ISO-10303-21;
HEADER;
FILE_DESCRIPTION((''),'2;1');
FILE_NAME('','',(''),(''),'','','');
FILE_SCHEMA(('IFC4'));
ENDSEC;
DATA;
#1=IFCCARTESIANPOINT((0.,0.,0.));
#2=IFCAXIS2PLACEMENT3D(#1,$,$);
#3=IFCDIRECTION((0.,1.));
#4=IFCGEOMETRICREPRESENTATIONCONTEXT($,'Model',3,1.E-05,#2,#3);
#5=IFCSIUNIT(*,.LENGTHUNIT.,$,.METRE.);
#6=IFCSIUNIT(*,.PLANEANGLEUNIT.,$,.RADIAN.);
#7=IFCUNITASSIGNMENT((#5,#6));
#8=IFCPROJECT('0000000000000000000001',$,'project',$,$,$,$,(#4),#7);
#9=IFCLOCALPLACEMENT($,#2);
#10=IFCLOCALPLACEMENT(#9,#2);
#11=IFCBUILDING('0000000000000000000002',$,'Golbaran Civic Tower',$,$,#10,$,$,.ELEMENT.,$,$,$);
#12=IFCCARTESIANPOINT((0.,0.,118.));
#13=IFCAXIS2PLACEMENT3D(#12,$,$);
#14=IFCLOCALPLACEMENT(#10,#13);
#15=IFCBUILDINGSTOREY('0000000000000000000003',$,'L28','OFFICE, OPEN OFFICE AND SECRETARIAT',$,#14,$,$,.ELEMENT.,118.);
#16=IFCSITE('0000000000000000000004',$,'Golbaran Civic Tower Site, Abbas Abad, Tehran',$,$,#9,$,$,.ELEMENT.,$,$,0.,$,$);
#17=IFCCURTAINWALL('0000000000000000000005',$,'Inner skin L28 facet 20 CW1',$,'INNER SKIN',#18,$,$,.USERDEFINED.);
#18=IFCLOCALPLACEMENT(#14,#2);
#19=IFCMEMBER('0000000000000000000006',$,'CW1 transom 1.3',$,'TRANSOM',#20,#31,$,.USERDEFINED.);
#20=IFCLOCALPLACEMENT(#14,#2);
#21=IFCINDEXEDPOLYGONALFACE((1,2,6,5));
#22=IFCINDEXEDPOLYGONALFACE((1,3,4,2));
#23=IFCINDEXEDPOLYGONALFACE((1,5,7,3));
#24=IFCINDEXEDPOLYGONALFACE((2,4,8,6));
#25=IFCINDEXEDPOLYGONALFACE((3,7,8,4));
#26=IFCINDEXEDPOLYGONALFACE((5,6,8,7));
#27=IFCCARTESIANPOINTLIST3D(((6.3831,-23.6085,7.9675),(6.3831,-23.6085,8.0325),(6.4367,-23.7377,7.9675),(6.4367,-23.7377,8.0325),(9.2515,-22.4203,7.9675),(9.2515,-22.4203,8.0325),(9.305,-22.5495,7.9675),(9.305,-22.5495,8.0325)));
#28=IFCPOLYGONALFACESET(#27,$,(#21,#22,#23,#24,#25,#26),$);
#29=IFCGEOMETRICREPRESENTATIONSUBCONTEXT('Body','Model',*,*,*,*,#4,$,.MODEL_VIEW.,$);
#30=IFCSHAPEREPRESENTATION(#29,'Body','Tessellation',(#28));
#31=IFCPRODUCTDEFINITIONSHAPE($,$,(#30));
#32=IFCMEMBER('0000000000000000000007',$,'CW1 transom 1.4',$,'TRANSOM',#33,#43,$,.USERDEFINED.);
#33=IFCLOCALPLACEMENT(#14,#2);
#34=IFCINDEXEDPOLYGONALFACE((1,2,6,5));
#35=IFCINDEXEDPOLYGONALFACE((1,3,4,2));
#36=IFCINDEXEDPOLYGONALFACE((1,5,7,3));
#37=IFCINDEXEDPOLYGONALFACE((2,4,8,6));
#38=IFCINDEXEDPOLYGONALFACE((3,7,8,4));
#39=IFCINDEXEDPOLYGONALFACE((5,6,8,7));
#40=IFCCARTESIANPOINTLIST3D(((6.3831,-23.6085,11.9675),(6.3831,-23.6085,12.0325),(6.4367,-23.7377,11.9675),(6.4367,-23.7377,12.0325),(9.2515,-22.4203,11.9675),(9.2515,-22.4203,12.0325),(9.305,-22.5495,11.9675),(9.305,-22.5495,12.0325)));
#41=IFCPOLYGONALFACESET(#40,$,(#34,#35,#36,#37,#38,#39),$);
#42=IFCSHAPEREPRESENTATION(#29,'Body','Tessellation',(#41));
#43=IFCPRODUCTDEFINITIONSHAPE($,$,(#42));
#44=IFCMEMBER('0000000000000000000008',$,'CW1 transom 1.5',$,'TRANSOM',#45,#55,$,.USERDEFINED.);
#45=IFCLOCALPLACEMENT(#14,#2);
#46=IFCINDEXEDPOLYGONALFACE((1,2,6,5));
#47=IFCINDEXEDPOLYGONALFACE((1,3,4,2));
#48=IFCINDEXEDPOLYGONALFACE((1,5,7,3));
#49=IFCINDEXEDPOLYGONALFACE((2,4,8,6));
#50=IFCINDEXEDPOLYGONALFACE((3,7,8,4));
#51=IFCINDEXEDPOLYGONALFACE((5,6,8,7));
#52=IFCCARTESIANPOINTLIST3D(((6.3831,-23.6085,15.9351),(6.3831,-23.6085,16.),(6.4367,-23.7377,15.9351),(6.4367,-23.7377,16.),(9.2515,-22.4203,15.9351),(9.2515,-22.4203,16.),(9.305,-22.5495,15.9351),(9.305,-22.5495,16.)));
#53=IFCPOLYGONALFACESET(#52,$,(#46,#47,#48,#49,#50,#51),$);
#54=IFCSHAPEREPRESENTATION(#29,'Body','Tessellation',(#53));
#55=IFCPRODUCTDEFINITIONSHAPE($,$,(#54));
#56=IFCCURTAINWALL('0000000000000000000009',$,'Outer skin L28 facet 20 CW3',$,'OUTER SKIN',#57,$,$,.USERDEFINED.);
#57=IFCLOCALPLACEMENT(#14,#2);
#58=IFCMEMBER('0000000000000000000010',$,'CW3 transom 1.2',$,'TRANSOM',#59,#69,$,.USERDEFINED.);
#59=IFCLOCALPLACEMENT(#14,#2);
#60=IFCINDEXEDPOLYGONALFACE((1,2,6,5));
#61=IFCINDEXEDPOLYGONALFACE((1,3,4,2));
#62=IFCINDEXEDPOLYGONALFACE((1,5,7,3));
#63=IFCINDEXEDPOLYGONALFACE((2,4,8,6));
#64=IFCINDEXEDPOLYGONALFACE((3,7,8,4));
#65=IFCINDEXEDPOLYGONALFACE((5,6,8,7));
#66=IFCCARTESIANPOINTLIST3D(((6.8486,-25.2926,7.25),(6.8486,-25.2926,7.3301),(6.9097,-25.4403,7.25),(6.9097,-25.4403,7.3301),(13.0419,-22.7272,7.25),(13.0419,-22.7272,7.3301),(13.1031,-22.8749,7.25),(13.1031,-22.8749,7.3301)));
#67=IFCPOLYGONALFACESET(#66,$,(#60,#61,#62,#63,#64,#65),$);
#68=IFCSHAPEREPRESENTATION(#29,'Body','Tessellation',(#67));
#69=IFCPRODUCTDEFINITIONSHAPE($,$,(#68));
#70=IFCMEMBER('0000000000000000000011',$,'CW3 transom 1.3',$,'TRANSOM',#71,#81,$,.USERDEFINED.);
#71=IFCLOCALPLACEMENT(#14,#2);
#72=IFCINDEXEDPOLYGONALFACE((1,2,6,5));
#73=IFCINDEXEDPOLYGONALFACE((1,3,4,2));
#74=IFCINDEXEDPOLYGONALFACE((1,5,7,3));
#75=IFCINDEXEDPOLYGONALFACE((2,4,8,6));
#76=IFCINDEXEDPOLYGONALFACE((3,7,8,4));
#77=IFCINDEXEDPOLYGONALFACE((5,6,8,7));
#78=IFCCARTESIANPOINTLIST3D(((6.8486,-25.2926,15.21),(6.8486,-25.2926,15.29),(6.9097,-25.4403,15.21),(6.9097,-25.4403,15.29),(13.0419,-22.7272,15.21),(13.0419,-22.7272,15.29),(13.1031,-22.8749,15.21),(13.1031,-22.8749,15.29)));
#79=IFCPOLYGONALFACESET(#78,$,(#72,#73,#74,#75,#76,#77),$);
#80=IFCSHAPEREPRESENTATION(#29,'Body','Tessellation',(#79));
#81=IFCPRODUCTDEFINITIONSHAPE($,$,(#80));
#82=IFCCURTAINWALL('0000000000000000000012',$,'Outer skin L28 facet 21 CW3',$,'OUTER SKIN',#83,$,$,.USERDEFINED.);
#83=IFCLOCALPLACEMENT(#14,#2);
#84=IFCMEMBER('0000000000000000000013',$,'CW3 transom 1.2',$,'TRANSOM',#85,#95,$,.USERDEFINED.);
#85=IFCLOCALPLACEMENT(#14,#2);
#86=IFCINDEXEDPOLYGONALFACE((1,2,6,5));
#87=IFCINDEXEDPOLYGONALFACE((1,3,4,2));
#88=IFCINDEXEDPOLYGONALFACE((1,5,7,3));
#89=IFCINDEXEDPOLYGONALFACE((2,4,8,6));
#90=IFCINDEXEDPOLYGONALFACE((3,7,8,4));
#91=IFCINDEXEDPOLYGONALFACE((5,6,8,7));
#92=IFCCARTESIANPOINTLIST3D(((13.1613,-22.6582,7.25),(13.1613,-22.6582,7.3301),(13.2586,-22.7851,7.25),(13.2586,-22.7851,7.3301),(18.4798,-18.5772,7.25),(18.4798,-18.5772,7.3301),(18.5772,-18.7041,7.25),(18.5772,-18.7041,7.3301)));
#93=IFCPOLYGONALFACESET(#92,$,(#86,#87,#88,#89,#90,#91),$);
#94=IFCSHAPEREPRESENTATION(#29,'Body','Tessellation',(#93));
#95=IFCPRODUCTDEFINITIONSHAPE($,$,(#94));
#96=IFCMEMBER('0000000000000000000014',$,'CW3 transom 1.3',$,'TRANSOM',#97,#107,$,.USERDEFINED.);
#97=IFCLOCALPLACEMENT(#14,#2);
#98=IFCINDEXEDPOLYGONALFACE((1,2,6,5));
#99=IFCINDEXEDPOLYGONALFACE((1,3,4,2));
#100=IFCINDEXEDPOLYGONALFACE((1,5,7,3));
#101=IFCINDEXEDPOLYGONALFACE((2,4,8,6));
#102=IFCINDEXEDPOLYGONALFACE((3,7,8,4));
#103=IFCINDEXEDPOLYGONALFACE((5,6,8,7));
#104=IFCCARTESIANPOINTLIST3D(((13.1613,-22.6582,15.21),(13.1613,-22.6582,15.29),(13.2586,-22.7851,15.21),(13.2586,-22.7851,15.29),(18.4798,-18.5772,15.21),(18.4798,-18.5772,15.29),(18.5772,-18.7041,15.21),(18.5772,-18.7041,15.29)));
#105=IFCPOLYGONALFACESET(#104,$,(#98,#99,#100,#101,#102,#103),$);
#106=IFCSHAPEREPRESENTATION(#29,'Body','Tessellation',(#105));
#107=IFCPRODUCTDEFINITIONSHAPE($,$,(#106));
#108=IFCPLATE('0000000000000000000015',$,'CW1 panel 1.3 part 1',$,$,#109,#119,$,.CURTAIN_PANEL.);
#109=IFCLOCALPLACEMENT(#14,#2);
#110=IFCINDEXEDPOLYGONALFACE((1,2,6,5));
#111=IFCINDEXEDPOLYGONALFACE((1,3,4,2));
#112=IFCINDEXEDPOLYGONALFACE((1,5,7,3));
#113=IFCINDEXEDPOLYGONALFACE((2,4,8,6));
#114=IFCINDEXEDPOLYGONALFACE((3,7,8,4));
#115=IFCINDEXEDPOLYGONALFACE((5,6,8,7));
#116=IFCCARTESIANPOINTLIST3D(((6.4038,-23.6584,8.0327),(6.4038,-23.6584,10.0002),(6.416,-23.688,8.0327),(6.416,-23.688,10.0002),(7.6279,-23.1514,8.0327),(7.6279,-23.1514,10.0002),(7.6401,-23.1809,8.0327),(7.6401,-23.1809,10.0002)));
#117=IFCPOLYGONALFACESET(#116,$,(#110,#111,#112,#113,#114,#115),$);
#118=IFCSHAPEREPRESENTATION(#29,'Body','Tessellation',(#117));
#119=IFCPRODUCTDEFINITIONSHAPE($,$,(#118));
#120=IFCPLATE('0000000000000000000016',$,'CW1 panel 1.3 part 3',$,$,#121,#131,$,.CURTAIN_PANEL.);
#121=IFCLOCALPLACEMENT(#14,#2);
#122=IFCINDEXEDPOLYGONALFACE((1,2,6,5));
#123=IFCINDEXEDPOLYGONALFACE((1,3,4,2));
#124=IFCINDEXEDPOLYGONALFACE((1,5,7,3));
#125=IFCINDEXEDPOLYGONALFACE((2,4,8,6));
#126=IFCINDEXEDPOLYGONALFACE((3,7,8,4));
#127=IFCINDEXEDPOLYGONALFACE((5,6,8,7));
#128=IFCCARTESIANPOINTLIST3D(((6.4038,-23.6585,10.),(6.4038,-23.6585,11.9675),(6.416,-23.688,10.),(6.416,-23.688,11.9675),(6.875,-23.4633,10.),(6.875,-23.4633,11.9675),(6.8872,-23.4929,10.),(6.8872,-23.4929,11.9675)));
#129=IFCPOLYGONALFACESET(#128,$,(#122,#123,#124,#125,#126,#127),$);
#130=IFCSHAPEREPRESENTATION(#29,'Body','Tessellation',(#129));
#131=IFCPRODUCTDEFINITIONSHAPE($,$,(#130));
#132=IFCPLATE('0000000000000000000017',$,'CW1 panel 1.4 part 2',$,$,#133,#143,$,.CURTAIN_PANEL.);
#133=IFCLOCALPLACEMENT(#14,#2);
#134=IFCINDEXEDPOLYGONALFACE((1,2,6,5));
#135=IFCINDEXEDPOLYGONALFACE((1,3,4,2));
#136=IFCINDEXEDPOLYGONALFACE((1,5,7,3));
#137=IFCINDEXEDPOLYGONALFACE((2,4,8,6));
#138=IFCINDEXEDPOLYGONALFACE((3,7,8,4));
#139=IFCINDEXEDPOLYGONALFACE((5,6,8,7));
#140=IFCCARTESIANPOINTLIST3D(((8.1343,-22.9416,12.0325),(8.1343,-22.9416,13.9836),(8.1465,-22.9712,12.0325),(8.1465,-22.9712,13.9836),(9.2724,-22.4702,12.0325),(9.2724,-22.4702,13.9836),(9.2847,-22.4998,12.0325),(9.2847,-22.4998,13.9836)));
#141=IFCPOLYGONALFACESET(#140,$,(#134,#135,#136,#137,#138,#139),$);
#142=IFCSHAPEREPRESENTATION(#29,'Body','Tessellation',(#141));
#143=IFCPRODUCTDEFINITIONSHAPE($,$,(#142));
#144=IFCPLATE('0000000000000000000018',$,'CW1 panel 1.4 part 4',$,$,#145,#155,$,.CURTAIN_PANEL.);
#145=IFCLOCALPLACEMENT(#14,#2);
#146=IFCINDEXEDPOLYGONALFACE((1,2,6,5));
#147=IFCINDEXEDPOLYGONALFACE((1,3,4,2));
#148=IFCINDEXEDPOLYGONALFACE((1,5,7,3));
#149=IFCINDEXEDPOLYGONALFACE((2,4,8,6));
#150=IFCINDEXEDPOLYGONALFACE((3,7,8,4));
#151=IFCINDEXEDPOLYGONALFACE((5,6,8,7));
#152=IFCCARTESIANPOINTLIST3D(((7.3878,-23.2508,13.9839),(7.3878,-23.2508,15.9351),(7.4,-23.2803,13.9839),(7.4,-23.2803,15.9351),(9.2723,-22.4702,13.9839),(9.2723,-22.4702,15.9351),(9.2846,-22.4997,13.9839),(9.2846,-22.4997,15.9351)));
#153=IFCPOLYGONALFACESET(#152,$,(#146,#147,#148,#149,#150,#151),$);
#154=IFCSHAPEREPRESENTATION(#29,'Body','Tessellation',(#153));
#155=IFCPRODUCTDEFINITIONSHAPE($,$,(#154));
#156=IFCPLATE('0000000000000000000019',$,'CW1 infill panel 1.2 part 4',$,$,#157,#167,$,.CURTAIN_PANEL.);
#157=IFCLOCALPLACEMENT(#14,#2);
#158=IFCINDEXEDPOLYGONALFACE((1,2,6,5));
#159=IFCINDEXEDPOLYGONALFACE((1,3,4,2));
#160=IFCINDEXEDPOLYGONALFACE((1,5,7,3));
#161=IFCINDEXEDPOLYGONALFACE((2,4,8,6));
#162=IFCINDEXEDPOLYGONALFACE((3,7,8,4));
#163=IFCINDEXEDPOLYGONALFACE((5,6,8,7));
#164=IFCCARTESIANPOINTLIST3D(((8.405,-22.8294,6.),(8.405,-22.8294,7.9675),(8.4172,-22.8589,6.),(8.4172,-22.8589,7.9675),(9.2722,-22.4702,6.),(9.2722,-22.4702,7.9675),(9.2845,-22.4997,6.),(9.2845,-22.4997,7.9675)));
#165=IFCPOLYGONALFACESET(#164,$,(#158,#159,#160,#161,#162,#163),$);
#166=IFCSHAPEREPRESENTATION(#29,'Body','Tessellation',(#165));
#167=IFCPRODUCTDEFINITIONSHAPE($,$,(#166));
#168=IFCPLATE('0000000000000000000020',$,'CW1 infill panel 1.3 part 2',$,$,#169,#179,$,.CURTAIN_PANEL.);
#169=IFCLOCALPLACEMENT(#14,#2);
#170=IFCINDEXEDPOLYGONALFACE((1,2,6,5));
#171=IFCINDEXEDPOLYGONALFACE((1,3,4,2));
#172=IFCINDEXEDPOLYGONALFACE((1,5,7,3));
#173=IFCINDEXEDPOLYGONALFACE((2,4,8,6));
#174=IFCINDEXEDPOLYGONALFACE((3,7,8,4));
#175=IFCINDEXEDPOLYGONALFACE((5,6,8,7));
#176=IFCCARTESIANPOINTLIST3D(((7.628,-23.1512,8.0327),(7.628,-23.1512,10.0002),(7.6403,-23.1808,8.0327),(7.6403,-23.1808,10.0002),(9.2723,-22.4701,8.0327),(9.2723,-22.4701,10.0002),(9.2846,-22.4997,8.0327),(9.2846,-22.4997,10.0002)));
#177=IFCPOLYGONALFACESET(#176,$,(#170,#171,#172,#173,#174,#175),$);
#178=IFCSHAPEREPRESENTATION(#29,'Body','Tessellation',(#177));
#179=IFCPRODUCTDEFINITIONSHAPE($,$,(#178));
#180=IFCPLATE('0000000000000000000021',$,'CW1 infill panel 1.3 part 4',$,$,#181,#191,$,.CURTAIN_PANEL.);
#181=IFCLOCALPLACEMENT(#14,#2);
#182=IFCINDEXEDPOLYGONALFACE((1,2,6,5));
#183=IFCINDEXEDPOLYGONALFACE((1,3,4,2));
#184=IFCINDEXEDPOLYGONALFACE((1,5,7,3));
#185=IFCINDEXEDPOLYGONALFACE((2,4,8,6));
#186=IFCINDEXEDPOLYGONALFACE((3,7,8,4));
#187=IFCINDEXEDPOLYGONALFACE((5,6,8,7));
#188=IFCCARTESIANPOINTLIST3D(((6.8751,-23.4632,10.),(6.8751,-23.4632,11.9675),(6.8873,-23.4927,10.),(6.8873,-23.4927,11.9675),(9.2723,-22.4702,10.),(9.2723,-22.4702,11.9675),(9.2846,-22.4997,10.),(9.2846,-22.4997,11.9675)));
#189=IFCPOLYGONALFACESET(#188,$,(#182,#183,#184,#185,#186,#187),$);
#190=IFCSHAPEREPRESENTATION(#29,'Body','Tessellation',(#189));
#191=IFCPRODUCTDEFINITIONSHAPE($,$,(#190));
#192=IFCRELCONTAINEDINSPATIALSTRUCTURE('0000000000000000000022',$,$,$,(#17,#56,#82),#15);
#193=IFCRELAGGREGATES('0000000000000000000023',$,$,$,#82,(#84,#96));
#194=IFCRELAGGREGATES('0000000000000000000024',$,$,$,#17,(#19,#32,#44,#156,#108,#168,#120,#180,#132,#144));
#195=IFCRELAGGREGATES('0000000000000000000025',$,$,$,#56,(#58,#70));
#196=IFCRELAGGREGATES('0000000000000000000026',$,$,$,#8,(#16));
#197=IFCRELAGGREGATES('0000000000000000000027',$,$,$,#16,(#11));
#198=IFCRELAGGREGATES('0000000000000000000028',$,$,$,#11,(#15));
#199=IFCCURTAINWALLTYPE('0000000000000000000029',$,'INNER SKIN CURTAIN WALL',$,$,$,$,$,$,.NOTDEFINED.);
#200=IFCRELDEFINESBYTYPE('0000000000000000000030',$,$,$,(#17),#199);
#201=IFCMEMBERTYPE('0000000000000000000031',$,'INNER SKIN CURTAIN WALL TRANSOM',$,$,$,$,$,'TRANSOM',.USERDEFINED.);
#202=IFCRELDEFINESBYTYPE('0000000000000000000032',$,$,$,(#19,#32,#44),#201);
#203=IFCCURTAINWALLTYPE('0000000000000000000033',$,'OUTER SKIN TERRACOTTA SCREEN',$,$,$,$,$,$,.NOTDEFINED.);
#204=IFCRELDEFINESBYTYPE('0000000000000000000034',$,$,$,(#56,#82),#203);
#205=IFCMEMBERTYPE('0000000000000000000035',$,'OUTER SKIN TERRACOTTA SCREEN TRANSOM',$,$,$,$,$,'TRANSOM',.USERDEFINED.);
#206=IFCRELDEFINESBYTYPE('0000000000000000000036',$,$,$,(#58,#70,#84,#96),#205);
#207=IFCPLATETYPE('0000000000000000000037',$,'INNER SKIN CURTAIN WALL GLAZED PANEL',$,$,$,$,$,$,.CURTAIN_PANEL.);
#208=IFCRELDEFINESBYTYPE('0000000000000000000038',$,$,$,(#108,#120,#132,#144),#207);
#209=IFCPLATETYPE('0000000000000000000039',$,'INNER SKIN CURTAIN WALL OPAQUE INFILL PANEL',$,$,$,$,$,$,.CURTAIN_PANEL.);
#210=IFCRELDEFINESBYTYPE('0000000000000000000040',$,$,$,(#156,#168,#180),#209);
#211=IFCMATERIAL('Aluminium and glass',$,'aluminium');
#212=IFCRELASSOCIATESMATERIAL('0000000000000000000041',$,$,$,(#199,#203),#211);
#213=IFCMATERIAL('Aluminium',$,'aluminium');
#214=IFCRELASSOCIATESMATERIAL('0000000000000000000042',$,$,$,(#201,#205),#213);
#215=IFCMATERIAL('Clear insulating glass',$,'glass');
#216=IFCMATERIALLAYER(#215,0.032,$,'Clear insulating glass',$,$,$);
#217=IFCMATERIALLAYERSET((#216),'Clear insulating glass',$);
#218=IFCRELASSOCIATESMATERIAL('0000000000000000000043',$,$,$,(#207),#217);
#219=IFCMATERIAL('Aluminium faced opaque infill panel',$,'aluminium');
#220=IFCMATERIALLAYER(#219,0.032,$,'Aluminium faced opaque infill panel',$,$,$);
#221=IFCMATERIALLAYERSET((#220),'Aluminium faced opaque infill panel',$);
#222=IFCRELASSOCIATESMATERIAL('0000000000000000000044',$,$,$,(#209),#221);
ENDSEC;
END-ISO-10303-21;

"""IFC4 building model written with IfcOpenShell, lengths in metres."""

from ifc_helpers import new_model, si_unit, direction, frame, origin, origin_2d, place, context, subcontext, project, spatial, rectangle, extrude, material, layer, layer_set, material_profile, profile_set, type_object, element, aggregate, save


model = new_model("IFC4")

# Units and contexts
model_context = context("Model", 3, precision=1e-05, world=origin(), true_north=direction((0.0, 1.0)))
body_context = subcontext(model_context, "Body", "Model", "MODEL_VIEW")
ifc_project = project(units=[si_unit("LENGTHUNIT", "METRE"), si_unit("PLANEANGLEUNIT", "RADIAN")], contexts=[model_context])

# Site, building, storey
site_placement = place(None, origin())
site = spatial("IfcSite", under=ifc_project, at=site_placement, Name="Golbaran Civic Tower Site, Abbas Abad, Tehran", CompositionType="ELEMENT", RefElevation=0.0)
building_placement = place(site_placement, origin())
building = spatial("IfcBuilding", under=site, at=building_placement, Name="Golbaran Civic Tower", CompositionType="ELEMENT")
storey_placement = place(building_placement, frame((0.0, 0.0, 118.0)))
storey = spatial("IfcBuildingStorey", under=building, at=storey_placement, Name="L28", Description="OFFICE, OPEN OFFICE AND SECRETARIAT", CompositionType="ELEMENT", Elevation=118.0)

# Curtain walls, members
ifc_material_1 = material(Name="Aluminium and glass", Category="aluminium")
curtain_wall_type_1 = type_object("IfcCurtainWallType", Name="INNER SKIN CURTAIN WALL", PredefinedType="NOTDEFINED", material=ifc_material_1)
curtain_wall_1_placement = place(storey_placement, origin())
curtain_wall_1 = element("IfcCurtainWall", 1, at=curtain_wall_1_placement, inside=storey, type_object=curtain_wall_type_1, Name="Inner skin L28 facet 20 CW1", ObjectType="INNER SKIN", PredefinedType="USERDEFINED")
ifc_material_2 = material(Name="Aluminium", Category="aluminium")
ifc_material_profile_1 = material_profile(ifc_material_2, rectangle(XDim=0.1399, YDim=0.0649, at=origin_2d()), Name="INNER SKIN CURTAIN WALL TRANSOM")
ifc_profile_set_1 = profile_set([ifc_material_profile_1], Name="Aluminium")
member_type_1 = type_object("IfcMemberType", Name="INNER SKIN CURTAIN WALL TRANSOM", ElementType="TRANSOM", PredefinedType="USERDEFINED", material=ifc_profile_set_1)
member_1_placement = place(storey_placement, frame((6.4099, -23.6731, 8.0), z_axis=(0.923868, 0.382711, 0.0), x_axis=(-0.382711, 0.923868, 0.0)))
member_1 = element("IfcMember", 2, at=member_1_placement, type_object=member_type_1, Name="CW1 transom 1.3", ObjectType="TRANSOM", PredefinedType="USERDEFINED", context=body_context, shape_type="SweptSolid", body=[
    extrude(rectangle(XDim=0.1399, YDim=0.0649, at=origin_2d()), origin(), (0.0, 0.0, 1.0), 3.1047),
])
member_2_placement = place(storey_placement, frame((6.4099, -23.6731, 12.0), z_axis=(0.923868, 0.382711, 0.0), x_axis=(-0.382711, 0.923868, 0.0)))
member_2 = element("IfcMember", 3, at=member_2_placement, type_object=member_type_1, Name="CW1 transom 1.4", ObjectType="TRANSOM", PredefinedType="USERDEFINED", context=body_context, shape_type="SweptSolid", body=[
    extrude(rectangle(XDim=0.1399, YDim=0.0649, at=origin_2d()), origin(), (0.0, 0.0, 1.0), 3.1047),
])
member_3_placement = place(storey_placement, frame((6.4099, -23.6731, 15.9675), z_axis=(0.923868, 0.382711, 0.0), x_axis=(-0.382711, 0.923868, 0.0)))
member_3 = element("IfcMember", 4, at=member_3_placement, type_object=member_type_1, Name="CW1 transom 1.5", ObjectType="TRANSOM", PredefinedType="USERDEFINED", context=body_context, shape_type="SweptSolid", body=[
    extrude(rectangle(XDim=0.1399, YDim=0.0649, at=origin_2d()), origin(), (0.0, 0.0, 1.0), 3.1047),
])
curtain_wall_type_2 = type_object("IfcCurtainWallType", Name="OUTER SKIN TERRACOTTA SCREEN", PredefinedType="NOTDEFINED", material=ifc_material_1)
curtain_wall_2_placement = place(storey_placement, origin())
curtain_wall_2 = element("IfcCurtainWall", 5, at=curtain_wall_2_placement, inside=storey, type_object=curtain_wall_type_2, Name="Outer skin L28 facet 20 CW3", ObjectType="OUTER SKIN", PredefinedType="USERDEFINED")
ifc_material_profile_2 = material_profile(ifc_material_2, rectangle(XDim=0.1599, YDim=0.0801, at=origin_2d()), Name="OUTER SKIN TERRACOTTA SCREEN TRANSOM")
ifc_profile_set_2 = profile_set([ifc_material_profile_2], Name="Aluminium")
member_type_2 = type_object("IfcMemberType", Name="OUTER SKIN TERRACOTTA SCREEN TRANSOM", ElementType="TRANSOM", PredefinedType="USERDEFINED", material=ifc_profile_set_2)
member_4_placement = place(storey_placement, frame((6.8792, -25.3665, 7.29), z_axis=(0.923877, 0.382691, 0.0), x_axis=(-0.382691, 0.923877, 0.0)))
member_4 = element("IfcMember", 6, at=member_4_placement, type_object=member_type_2, Name="CW3 transom 1.2", ObjectType="TRANSOM", PredefinedType="USERDEFINED", context=body_context, shape_type="SweptSolid", body=[
    extrude(rectangle(XDim=0.1599, YDim=0.0801, at=origin_2d()), origin(), (0.0, 0.0, 1.0), 6.7036),
])
member_5_placement = place(storey_placement, frame((6.8792, -25.3665, 15.25), z_axis=(0.923877, 0.382691, 0.0), x_axis=(-0.382691, 0.923877, 0.0)))
member_5 = element("IfcMember", 7, at=member_5_placement, type_object=member_type_2, Name="CW3 transom 1.3", ObjectType="TRANSOM", PredefinedType="USERDEFINED", context=body_context, shape_type="SweptSolid", body=[
    extrude(rectangle(XDim=0.1599, YDim=0.0801, at=origin_2d()), origin(), (0.0, 0.0, 1.0), 6.7036),
])
curtain_wall_3_placement = place(storey_placement, origin())
curtain_wall_3 = element("IfcCurtainWall", 8, at=curtain_wall_3_placement, inside=storey, type_object=curtain_wall_type_2, Name="Outer skin L28 facet 21 CW3", ObjectType="OUTER SKIN", PredefinedType="USERDEFINED")
member_6_placement = place(storey_placement, frame((13.21, -22.7217, 7.29), z_axis=(0.793357, 0.608756, 0.0), x_axis=(-0.608756, 0.793357, 0.0)))
member_6 = element("IfcMember", 9, at=member_6_placement, type_object=member_type_2, Name="CW3 transom 1.2", ObjectType="TRANSOM", PredefinedType="USERDEFINED", context=body_context, shape_type="SweptSolid", body=[
    extrude(rectangle(XDim=0.1599, YDim=0.0801, at=origin_2d()), origin(), (0.0, 0.0, 1.0), 6.7039),
])
member_7_placement = place(storey_placement, frame((13.21, -22.7217, 15.25), z_axis=(0.793357, 0.608756, 0.0), x_axis=(-0.608756, 0.793357, 0.0)))
member_7 = element("IfcMember", 10, at=member_7_placement, type_object=member_type_2, Name="CW3 transom 1.3", ObjectType="TRANSOM", PredefinedType="USERDEFINED", context=body_context, shape_type="SweptSolid", body=[
    extrude(rectangle(XDim=0.1599, YDim=0.0801, at=origin_2d()), origin(), (0.0, 0.0, 1.0), 6.7039),
])
aggregate(curtain_wall_3, [member_6, member_7])

# Plates
ifc_material_3 = material(Name="Clear insulating glass", Category="glass")
ifc_layer_1 = layer(ifc_material_3, 0.032, Name="Clear insulating glass")
ifc_layer_set_1 = layer_set([ifc_layer_1], Name="Clear insulating glass")
plate_type_1 = type_object("IfcPlateType", Name="INNER SKIN CURTAIN WALL GLAZED PANEL", PredefinedType="CURTAIN_PANEL", material=ifc_layer_set_1)
plate_1_placement = place(storey_placement, frame((7.022, -23.4197, 8.0327), z_axis=(0.0, 0.0, 1.0), x_axis=(0.92388, 0.382683, 0.0)))
plate_1 = element("IfcPlate", 11, at=plate_1_placement, type_object=plate_type_1, Name="CW1 panel 1.3 part 1", PredefinedType="CURTAIN_PANEL", context=body_context, shape_type="SweptSolid", body=[
    extrude(rectangle(XDim=1.325, YDim=0.032, at=origin_2d()), origin(), (0.0, 0.0, 1.0), 1.9675),
])
plate_2_placement = place(storey_placement, frame((6.6455, -23.5757, 10.0), z_axis=(0.0, 0.0, 1.0), x_axis=(0.92388, 0.382683, 0.0)))
plate_2 = element("IfcPlate", 12, at=plate_2_placement, type_object=plate_type_1, Name="CW1 panel 1.3 part 3", PredefinedType="CURTAIN_PANEL", context=body_context, shape_type="SweptSolid", body=[
    extrude(rectangle(XDim=0.51, YDim=0.032, at=origin_2d()), origin(), (0.0, 0.0, 1.0), 1.9675),
])
plate_3_placement = place(storey_placement, frame((8.7095, -22.7207, 12.0325), z_axis=(0.0, 0.0, 1.0), x_axis=(0.92388, 0.382683, 0.0)))
plate_3 = element("IfcPlate", 13, at=plate_3_placement, type_object=plate_type_1, Name="CW1 panel 1.4 part 2", PredefinedType="CURTAIN_PANEL", context=body_context, shape_type="SweptSolid", body=[
    extrude(rectangle(XDim=1.2319, YDim=0.032, at=origin_2d()), origin(), (0.0, 0.0, 1.0), 1.9512),
])
plate_4_placement = place(storey_placement, frame((8.3362, -22.8752, 13.9839), z_axis=(0.0, 0.0, 1.0), x_axis=(0.92388, 0.382683, 0.0)))
plate_4 = element("IfcPlate", 14, at=plate_4_placement, type_object=plate_type_1, Name="CW1 panel 1.4 part 4", PredefinedType="CURTAIN_PANEL", context=body_context, shape_type="SweptSolid", body=[
    extrude(rectangle(XDim=2.0398, YDim=0.032, at=origin_2d()), origin(), (0.0, 0.0, 1.0), 1.9512),
])
ifc_material_4 = material(Name="Aluminium faced opaque infill panel", Category="aluminium")
ifc_layer_2 = layer(ifc_material_4, 0.032, Name="Aluminium faced opaque infill panel")
ifc_layer_set_2 = layer_set([ifc_layer_2], Name="Aluminium faced opaque infill panel")
plate_type_2 = type_object("IfcPlateType", Name="INNER SKIN CURTAIN WALL OPAQUE INFILL PANEL", PredefinedType="CURTAIN_PANEL", material=ifc_layer_set_2)
plate_5_placement = place(storey_placement, frame((8.8447, -22.6646, 6.0), z_axis=(0.0, 0.0, 1.0), x_axis=(0.92388, 0.382683, 0.0)))
plate_5 = element("IfcPlate", 15, at=plate_5_placement, type_object=plate_type_2, Name="CW1 infill panel 1.2 part 4", PredefinedType="CURTAIN_PANEL", context=body_context, shape_type="SweptSolid", body=[
    extrude(rectangle(XDim=0.9387, YDim=0.032, at=origin_2d()), origin(), (0.0, 0.0, 1.0), 1.9675),
])
plate_6_placement = place(storey_placement, frame((8.4563, -22.8254, 8.0327), z_axis=(0.0, 0.0, 1.0), x_axis=(0.92388, 0.382683, 0.0)))
plate_6 = element("IfcPlate", 16, at=plate_6_placement, type_object=plate_type_2, Name="CW1 infill panel 1.3 part 2", PredefinedType="CURTAIN_PANEL", context=body_context, shape_type="SweptSolid", body=[
    extrude(rectangle(XDim=1.7798, YDim=0.032, at=origin_2d()), origin(), (0.0, 0.0, 1.0), 1.9675),
])
plate_7_placement = place(storey_placement, frame((8.0798, -22.9814, 10.0), z_axis=(0.0, 0.0, 1.0), x_axis=(0.92388, 0.382683, 0.0)))
plate_7 = element("IfcPlate", 17, at=plate_7_placement, type_object=plate_type_2, Name="CW1 infill panel 1.3 part 4", PredefinedType="CURTAIN_PANEL", context=body_context, shape_type="SweptSolid", body=[
    extrude(rectangle(XDim=2.5947, YDim=0.032, at=origin_2d()), origin(), (0.0, 0.0, 1.0), 1.9675),
])
aggregate(curtain_wall_1, [member_1, member_2, member_3, plate_5, plate_1, plate_6, plate_2, plate_7, plate_3, plate_4])
aggregate(curtain_wall_2, [member_4, member_5])

save(model, "model.ifc")
